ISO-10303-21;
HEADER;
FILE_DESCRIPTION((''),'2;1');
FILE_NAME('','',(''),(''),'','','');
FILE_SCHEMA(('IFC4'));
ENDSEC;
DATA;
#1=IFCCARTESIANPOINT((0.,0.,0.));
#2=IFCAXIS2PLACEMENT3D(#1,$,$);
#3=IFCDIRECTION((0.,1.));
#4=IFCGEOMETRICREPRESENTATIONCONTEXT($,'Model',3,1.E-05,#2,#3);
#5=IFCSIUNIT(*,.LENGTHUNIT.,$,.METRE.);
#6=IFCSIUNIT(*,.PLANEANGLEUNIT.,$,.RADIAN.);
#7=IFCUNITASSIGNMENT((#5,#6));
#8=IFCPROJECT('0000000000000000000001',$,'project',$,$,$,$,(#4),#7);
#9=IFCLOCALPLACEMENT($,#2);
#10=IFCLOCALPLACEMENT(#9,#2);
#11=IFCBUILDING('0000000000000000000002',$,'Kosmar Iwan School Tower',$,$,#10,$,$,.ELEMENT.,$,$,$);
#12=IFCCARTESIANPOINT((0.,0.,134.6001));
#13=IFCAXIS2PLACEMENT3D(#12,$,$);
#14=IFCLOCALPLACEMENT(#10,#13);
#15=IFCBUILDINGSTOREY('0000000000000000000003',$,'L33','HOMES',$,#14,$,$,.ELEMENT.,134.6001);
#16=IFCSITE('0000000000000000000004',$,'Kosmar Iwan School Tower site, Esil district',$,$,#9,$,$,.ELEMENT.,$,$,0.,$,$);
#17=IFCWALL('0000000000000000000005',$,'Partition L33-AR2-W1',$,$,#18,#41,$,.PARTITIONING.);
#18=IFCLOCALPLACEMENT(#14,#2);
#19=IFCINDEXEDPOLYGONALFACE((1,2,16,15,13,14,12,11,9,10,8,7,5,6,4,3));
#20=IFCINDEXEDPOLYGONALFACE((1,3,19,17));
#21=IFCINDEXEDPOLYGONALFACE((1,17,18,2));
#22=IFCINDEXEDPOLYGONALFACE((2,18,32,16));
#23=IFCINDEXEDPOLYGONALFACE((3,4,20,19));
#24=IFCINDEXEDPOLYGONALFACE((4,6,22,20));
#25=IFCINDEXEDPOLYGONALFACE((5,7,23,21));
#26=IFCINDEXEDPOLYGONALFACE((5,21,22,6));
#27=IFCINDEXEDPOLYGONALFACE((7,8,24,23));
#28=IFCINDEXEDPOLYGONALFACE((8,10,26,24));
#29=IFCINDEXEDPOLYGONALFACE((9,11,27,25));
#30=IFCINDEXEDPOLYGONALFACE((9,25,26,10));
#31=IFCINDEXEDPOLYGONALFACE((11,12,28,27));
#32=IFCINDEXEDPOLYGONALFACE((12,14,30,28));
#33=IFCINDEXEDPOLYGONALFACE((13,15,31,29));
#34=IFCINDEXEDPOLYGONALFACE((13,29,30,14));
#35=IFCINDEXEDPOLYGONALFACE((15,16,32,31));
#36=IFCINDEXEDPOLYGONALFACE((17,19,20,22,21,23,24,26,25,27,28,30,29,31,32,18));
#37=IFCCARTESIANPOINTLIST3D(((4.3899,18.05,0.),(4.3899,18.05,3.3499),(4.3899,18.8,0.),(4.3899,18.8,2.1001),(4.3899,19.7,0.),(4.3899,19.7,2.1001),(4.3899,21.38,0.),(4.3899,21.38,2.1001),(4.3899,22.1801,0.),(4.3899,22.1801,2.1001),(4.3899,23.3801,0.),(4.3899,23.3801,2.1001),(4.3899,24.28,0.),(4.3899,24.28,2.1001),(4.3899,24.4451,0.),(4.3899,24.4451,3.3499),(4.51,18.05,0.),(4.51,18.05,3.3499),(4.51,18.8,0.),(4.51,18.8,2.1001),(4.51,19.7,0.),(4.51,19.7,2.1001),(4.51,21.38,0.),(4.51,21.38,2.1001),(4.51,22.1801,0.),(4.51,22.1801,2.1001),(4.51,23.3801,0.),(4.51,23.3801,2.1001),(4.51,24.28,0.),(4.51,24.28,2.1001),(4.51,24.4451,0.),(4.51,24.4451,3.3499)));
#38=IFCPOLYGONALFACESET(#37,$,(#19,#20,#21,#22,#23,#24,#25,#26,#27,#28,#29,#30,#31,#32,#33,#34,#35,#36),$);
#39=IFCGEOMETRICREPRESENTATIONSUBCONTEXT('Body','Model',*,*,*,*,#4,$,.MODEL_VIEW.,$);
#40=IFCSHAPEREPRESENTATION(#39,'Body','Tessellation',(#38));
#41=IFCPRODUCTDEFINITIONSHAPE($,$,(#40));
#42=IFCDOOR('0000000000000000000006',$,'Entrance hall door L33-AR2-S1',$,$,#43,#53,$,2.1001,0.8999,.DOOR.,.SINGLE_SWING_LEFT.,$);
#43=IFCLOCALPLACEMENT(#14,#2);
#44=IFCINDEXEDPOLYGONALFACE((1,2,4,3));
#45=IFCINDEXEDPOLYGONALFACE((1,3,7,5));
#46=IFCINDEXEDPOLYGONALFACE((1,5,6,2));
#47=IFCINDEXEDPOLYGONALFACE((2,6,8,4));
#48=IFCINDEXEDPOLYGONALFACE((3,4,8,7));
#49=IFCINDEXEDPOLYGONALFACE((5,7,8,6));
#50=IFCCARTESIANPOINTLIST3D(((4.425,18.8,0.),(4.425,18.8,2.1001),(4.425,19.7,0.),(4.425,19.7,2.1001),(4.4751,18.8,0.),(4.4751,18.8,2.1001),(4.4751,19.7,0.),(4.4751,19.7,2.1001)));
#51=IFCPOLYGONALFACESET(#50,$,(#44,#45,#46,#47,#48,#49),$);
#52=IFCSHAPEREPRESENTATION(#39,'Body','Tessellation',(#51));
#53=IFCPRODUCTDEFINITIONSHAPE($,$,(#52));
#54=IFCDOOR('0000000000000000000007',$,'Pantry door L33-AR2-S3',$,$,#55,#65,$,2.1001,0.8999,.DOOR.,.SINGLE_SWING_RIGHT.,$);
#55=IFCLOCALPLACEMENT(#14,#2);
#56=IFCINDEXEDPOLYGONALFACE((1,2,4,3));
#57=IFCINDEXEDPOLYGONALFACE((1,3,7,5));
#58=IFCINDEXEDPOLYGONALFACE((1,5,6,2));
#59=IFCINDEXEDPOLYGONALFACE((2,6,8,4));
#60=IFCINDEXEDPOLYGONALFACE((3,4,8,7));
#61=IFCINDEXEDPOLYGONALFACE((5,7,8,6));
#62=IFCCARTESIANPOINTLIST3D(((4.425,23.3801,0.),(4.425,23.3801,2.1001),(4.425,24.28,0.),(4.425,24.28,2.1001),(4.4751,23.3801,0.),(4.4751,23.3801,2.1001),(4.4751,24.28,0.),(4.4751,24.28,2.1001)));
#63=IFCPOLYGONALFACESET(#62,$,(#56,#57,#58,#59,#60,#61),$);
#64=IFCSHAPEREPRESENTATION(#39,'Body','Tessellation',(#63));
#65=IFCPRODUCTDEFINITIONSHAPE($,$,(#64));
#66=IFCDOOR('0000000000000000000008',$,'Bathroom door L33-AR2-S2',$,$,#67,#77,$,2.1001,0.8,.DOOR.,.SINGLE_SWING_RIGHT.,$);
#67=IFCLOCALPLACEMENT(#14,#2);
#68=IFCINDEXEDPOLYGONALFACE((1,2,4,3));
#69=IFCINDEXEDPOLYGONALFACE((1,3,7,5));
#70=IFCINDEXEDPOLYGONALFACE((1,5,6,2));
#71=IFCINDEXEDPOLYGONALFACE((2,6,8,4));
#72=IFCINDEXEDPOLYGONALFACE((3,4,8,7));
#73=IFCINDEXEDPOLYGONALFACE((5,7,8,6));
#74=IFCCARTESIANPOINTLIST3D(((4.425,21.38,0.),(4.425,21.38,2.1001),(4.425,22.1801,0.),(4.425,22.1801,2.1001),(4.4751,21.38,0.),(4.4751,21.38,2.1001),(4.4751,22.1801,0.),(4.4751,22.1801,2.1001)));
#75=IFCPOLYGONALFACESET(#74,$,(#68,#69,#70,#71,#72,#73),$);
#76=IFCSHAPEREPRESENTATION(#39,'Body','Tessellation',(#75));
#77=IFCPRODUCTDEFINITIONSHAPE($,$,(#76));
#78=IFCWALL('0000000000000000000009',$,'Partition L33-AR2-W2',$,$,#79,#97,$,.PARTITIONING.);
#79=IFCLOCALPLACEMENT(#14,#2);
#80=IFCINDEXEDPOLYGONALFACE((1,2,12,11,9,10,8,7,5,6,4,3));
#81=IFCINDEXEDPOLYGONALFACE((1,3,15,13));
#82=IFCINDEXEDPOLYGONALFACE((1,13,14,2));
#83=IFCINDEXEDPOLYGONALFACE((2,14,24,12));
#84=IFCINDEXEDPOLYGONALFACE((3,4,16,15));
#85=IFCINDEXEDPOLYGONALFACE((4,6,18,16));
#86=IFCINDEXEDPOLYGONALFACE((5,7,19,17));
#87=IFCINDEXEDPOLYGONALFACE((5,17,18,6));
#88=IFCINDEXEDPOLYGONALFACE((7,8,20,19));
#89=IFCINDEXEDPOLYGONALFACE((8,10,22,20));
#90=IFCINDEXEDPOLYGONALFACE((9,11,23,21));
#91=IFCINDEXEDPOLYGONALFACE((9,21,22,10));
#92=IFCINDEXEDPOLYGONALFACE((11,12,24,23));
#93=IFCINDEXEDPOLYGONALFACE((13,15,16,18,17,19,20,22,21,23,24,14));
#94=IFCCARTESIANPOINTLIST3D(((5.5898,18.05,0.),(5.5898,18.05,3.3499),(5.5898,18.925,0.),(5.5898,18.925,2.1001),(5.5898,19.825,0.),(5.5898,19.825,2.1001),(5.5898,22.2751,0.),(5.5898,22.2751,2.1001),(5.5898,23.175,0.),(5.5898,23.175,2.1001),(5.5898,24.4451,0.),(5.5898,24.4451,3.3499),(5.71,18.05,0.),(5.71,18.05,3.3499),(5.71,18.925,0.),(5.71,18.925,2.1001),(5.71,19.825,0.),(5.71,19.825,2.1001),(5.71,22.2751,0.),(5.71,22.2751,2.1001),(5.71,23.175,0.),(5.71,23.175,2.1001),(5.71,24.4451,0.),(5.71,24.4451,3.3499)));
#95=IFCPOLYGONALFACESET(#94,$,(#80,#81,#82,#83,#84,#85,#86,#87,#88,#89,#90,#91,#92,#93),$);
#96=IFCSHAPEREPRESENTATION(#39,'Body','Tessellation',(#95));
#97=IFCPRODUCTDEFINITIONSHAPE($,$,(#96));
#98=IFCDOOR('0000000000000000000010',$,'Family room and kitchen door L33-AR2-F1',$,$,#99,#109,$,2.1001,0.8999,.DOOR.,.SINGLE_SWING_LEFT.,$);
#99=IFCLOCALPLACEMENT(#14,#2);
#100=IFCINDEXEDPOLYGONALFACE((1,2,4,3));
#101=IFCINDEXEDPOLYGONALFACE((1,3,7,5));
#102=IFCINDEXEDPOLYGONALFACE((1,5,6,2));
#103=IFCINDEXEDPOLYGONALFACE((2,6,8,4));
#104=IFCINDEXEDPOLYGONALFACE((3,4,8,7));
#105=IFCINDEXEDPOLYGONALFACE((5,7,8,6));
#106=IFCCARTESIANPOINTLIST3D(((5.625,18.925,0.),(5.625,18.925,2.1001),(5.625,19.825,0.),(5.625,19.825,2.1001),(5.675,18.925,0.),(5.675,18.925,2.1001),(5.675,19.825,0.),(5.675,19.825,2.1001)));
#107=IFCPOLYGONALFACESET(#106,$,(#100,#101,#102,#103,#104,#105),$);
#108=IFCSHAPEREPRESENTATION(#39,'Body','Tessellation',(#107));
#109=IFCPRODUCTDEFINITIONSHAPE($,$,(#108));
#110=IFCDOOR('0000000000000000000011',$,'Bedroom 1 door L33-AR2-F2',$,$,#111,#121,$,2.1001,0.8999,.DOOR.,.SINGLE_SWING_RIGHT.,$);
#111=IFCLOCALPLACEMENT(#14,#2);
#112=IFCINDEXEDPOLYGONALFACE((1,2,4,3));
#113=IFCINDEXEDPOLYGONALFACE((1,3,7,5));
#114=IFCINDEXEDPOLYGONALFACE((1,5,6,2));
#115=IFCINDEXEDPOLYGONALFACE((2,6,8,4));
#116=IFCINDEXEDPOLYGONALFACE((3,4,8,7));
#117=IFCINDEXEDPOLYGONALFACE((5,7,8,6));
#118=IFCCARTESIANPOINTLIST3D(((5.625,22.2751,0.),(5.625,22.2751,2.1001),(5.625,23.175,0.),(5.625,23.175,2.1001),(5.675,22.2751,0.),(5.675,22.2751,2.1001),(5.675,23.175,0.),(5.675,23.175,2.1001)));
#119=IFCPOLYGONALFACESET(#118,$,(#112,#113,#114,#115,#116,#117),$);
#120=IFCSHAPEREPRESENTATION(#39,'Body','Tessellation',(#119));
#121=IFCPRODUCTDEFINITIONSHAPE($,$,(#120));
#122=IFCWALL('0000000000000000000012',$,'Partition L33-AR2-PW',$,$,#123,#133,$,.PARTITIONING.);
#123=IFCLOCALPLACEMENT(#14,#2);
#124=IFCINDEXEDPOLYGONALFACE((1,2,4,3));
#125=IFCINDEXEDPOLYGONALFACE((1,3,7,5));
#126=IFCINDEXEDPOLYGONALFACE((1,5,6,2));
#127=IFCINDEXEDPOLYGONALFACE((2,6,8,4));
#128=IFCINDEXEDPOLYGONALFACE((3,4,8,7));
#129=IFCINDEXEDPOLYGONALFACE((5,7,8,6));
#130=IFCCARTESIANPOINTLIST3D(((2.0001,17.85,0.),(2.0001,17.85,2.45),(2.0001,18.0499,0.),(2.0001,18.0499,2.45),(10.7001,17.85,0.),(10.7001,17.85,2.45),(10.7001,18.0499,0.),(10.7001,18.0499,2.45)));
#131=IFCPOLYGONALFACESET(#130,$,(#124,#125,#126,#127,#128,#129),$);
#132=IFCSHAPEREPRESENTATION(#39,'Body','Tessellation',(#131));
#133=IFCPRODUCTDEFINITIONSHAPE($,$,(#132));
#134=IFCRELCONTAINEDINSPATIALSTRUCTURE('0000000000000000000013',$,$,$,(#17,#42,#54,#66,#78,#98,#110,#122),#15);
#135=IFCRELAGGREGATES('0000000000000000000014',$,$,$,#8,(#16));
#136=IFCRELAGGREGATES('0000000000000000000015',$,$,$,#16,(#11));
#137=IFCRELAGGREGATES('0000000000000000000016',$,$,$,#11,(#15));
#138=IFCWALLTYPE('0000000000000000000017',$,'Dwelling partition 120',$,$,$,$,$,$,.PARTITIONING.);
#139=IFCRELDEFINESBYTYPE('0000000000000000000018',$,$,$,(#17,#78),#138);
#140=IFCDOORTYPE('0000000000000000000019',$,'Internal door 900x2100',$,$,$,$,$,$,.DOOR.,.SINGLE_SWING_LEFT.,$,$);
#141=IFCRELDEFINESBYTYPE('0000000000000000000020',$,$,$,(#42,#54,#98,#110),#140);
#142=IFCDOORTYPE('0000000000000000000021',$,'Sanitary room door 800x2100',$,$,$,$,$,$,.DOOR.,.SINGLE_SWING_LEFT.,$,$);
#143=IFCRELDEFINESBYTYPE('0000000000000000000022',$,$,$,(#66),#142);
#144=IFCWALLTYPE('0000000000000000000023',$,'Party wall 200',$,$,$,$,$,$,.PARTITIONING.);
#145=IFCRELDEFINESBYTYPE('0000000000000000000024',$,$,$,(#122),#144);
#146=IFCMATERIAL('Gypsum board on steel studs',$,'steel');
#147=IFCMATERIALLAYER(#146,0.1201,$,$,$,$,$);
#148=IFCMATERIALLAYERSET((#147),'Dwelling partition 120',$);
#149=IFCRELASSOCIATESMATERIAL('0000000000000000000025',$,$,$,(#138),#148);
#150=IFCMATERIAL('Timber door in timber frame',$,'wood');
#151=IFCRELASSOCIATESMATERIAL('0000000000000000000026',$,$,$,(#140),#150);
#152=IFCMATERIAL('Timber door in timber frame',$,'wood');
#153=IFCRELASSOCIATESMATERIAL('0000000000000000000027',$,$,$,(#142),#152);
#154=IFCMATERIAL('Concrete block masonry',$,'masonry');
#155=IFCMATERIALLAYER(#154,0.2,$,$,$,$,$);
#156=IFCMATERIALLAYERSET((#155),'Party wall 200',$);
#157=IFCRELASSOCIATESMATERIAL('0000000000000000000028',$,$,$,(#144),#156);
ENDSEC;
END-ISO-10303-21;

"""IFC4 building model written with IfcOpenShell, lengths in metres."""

from ifc_helpers import new_model, si_unit, direction, frame, frame_2d, origin, place, context, subcontext, project, spatial, rectangle, extrude, material, layer, layer_set, type_object, element, fill, save


model = new_model("IFC4")

# Units and contexts
model_context = context("Model", 3, precision=1e-05, world=origin(), true_north=direction((0.0, 1.0)))
body_context = subcontext(model_context, "Body", "Model", "MODEL_VIEW")
ifc_project = project(units=[si_unit("LENGTHUNIT", "METRE"), si_unit("PLANEANGLEUNIT", "RADIAN")], contexts=[model_context])

# Site, building, storey
site_placement = place(None, origin())
site = spatial("IfcSite", under=ifc_project, at=site_placement, Name="Kosmar Iwan School Tower site, Esil district", CompositionType="ELEMENT", RefElevation=0.0)
building_placement = place(site_placement, origin())
building = spatial("IfcBuilding", under=site, at=building_placement, Name="Kosmar Iwan School Tower", CompositionType="ELEMENT")
storey_placement = place(building_placement, frame((0.0, 0.0, 134.6001)))
storey = spatial("IfcBuildingStorey", under=building, at=storey_placement, Name="L33", Description="HOMES", CompositionType="ELEMENT", Elevation=134.6001)

# Shared definitions
ifc_material_1 = material(Name="Gypsum board on steel studs", Category="steel")
ifc_layer_1 = layer(ifc_material_1, 0.1201)
ifc_layer_set_1 = layer_set([ifc_layer_1], Name="Dwelling partition 120")
wall_type_1 = type_object("IfcWallType", Name="Dwelling partition 120", PredefinedType="PARTITIONING", material=ifc_layer_set_1)

# Walls, openings, doors
wall_1_placement = place(storey_placement, frame((4.45, 18.05, 0.0), z_axis=(0.0, 0.0, 1.0), x_axis=(0.0, 1.0, 0.0)))
wall_1 = element("IfcWall", 1, at=wall_1_placement, inside=storey, type_object=wall_type_1, Name="Partition L33-AR2-W1", PredefinedType="PARTITIONING", context=body_context, shape_type="SweptSolid", body=[
    extrude(rectangle(XDim=6.395, YDim=0.1201, at=frame_2d((3.1975, 0.0))), origin(), (0.0, 0.0, 1.0), 3.3499),
])
opening_1_placement = place(wall_1_placement, frame((0.75, 0.0, 0.0)))
opening_1 = element("IfcOpeningElement", 2, at=opening_1_placement, cuts=wall_1, PredefinedType="OPENING", context=body_context, shape_type="SweptSolid", body=[
    extrude(rectangle(XDim=0.8999, YDim=2.1001, at=frame_2d((0.45, 1.05))), frame((0.0, 0.072, 0.0), z_axis=(0.0, -1.0, 0.0), x_axis=(1.0, 0.0, 0.0)), (0.0, 0.0, 1.0), 0.144),
])
opening_2_placement = place(wall_1_placement, frame((3.3301, 0.0, 0.0)))
opening_2 = element("IfcOpeningElement", 3, at=opening_2_placement, cuts=wall_1, PredefinedType="OPENING", context=body_context, shape_type="SweptSolid", body=[
    extrude(rectangle(XDim=0.8, YDim=2.1001, at=frame_2d((0.3999, 1.05))), frame((0.0, 0.072, 0.0), z_axis=(0.0, -1.0, 0.0), x_axis=(1.0, 0.0, 0.0)), (0.0, 0.0, 1.0), 0.144),
])
opening_3_placement = place(wall_1_placement, frame((5.3301, 0.0, 0.0)))
opening_3 = element("IfcOpeningElement", 4, at=opening_3_placement, cuts=wall_1, PredefinedType="OPENING", context=body_context, shape_type="SweptSolid", body=[
    extrude(rectangle(XDim=0.8999, YDim=2.1001, at=frame_2d((0.45, 1.05))), frame((0.0, 0.072, 0.0), z_axis=(0.0, -1.0, 0.0), x_axis=(1.0, 0.0, 0.0)), (0.0, 0.0, 1.0), 0.144),
])
ifc_material_2 = material(Name="Timber door in timber frame", Category="wood")
door_type_1 = type_object("IfcDoorType", Name="Internal door 900x2100", OperationType="SINGLE_SWING_LEFT", PredefinedType="DOOR", material=ifc_material_2)
door_1_placement = place(opening_1_placement, origin())
door_1 = element("IfcDoor", 5, at=door_1_placement, inside=storey, type_object=door_type_1, Name="Entrance hall door L33-AR2-S1", OperationType="SINGLE_SWING_LEFT", OverallHeight=2.1001, OverallWidth=0.8999, PredefinedType="DOOR", context=body_context, shape_type="SweptSolid", body=[
    extrude(rectangle(XDim=0.8999, YDim=2.1001, at=frame_2d((0.45, 1.05))), frame((0.0, 0.0249, 0.0), z_axis=(0.0, -1.0, 0.0), x_axis=(1.0, 0.0, 0.0)), (0.0, 0.0, 1.0), 0.05),
])
fill(opening_1, door_1)
door_2_placement = place(opening_3_placement, origin())
door_2 = element("IfcDoor", 6, at=door_2_placement, inside=storey, type_object=door_type_1, Name="Pantry door L33-AR2-S3", OperationType="SINGLE_SWING_RIGHT", OverallHeight=2.1001, OverallWidth=0.8999, PredefinedType="DOOR", context=body_context, shape_type="SweptSolid", body=[
    extrude(rectangle(XDim=0.8999, YDim=2.1001, at=frame_2d((0.45, 1.05))), frame((0.0, 0.0249, 0.0), z_axis=(0.0, -1.0, 0.0), x_axis=(1.0, 0.0, 0.0)), (0.0, 0.0, 1.0), 0.05),
])
fill(opening_3, door_2)
ifc_material_3 = material(Name="Timber door in timber frame", Category="wood")
door_type_2 = type_object("IfcDoorType", Name="Sanitary room door 800x2100", OperationType="SINGLE_SWING_LEFT", PredefinedType="DOOR", material=ifc_material_3)
door_3_placement = place(opening_2_placement, origin())
door_3 = element("IfcDoor", 7, at=door_3_placement, inside=storey, type_object=door_type_2, Name="Bathroom door L33-AR2-S2", OperationType="SINGLE_SWING_RIGHT", OverallHeight=2.1001, OverallWidth=0.8, PredefinedType="DOOR", context=body_context, shape_type="SweptSolid", body=[
    extrude(rectangle(XDim=0.8, YDim=2.1001, at=frame_2d((0.3999, 1.05))), frame((0.0, 0.0249, 0.0), z_axis=(0.0, -1.0, 0.0), x_axis=(1.0, 0.0, 0.0)), (0.0, 0.0, 1.0), 0.05),
])
fill(opening_2, door_3)
wall_2_placement = place(storey_placement, frame((5.6499, 18.05, 0.0), z_axis=(0.0, 0.0, 1.0), x_axis=(0.0, 1.0, 0.0)))
wall_2 = element("IfcWall", 8, at=wall_2_placement, inside=storey, type_object=wall_type_1, Name="Partition L33-AR2-W2", PredefinedType="PARTITIONING", context=body_context, shape_type="SweptSolid", body=[
    extrude(rectangle(XDim=6.395, YDim=0.1201, at=frame_2d((3.1975, 0.0))), origin(), (0.0, 0.0, 1.0), 3.3499),
])
opening_4_placement = place(wall_2_placement, frame((0.875, 0.0, 0.0)))
opening_4 = element("IfcOpeningElement", 9, at=opening_4_placement, cuts=wall_2, PredefinedType="OPENING", context=body_context, shape_type="SweptSolid", body=[
    extrude(rectangle(XDim=0.8999, YDim=2.1001, at=frame_2d((0.45, 1.05))), frame((0.0, 0.072, 0.0), z_axis=(0.0, -1.0, 0.0), x_axis=(1.0, 0.0, 0.0)), (0.0, 0.0, 1.0), 0.144),
])
opening_5_placement = place(wall_2_placement, frame((4.2251, 0.0, 0.0)))
opening_5 = element("IfcOpeningElement", 10, at=opening_5_placement, cuts=wall_2, PredefinedType="OPENING", context=body_context, shape_type="SweptSolid", body=[
    extrude(rectangle(XDim=0.8999, YDim=2.1001, at=frame_2d((0.45, 1.05))), frame((0.0, 0.072, 0.0), z_axis=(0.0, -1.0, 0.0), x_axis=(1.0, 0.0, 0.0)), (0.0, 0.0, 1.0), 0.144),
])
door_4_placement = place(opening_4_placement, origin())
door_4 = element("IfcDoor", 11, at=door_4_placement, inside=storey, type_object=door_type_1, Name="Family room and kitchen door L33-AR2-F1", OperationType="SINGLE_SWING_LEFT", OverallHeight=2.1001, OverallWidth=0.8999, PredefinedType="DOOR", context=body_context, shape_type="SweptSolid", body=[
    extrude(rectangle(XDim=0.8999, YDim=2.1001, at=frame_2d((0.45, 1.05))), frame((0.0, 0.0249, 0.0), z_axis=(0.0, -1.0, 0.0), x_axis=(1.0, 0.0, 0.0)), (0.0, 0.0, 1.0), 0.05),
])
fill(opening_4, door_4)
door_5_placement = place(opening_5_placement, origin())
door_5 = element("IfcDoor", 12, at=door_5_placement, inside=storey, type_object=door_type_1, Name="Bedroom 1 door L33-AR2-F2", OperationType="SINGLE_SWING_RIGHT", OverallHeight=2.1001, OverallWidth=0.8999, PredefinedType="DOOR", context=body_context, shape_type="SweptSolid", body=[
    extrude(rectangle(XDim=0.8999, YDim=2.1001, at=frame_2d((0.45, 1.05))), frame((0.0, 0.0249, 0.0), z_axis=(0.0, -1.0, 0.0), x_axis=(1.0, 0.0, 0.0)), (0.0, 0.0, 1.0), 0.05),
])
fill(opening_5, door_5)

# Wall
ifc_material_4 = material(Name="Concrete block masonry", Category="masonry")
ifc_layer_2 = layer(ifc_material_4, 0.2)
ifc_layer_set_2 = layer_set([ifc_layer_2], Name="Party wall 200")
wall_type_2 = type_object("IfcWallType", Name="Party wall 200", PredefinedType="PARTITIONING", material=ifc_layer_set_2)
wall_3_placement = place(storey_placement, frame((2.0, 17.95, 0.0), z_axis=(0.0, 0.0, 1.0), x_axis=(1.0, 0.0, 0.0)))
element("IfcWall", 13, at=wall_3_placement, inside=storey, type_object=wall_type_2, Name="Partition L33-AR2-PW", PredefinedType="PARTITIONING", context=body_context, shape_type="SweptSolid", body=[
    extrude(rectangle(XDim=8.7, YDim=0.2, at=frame_2d((4.3501, 0.0))), origin(), (0.0, 0.0, 1.0), 2.45),
])

save(model, "model.ifc")
